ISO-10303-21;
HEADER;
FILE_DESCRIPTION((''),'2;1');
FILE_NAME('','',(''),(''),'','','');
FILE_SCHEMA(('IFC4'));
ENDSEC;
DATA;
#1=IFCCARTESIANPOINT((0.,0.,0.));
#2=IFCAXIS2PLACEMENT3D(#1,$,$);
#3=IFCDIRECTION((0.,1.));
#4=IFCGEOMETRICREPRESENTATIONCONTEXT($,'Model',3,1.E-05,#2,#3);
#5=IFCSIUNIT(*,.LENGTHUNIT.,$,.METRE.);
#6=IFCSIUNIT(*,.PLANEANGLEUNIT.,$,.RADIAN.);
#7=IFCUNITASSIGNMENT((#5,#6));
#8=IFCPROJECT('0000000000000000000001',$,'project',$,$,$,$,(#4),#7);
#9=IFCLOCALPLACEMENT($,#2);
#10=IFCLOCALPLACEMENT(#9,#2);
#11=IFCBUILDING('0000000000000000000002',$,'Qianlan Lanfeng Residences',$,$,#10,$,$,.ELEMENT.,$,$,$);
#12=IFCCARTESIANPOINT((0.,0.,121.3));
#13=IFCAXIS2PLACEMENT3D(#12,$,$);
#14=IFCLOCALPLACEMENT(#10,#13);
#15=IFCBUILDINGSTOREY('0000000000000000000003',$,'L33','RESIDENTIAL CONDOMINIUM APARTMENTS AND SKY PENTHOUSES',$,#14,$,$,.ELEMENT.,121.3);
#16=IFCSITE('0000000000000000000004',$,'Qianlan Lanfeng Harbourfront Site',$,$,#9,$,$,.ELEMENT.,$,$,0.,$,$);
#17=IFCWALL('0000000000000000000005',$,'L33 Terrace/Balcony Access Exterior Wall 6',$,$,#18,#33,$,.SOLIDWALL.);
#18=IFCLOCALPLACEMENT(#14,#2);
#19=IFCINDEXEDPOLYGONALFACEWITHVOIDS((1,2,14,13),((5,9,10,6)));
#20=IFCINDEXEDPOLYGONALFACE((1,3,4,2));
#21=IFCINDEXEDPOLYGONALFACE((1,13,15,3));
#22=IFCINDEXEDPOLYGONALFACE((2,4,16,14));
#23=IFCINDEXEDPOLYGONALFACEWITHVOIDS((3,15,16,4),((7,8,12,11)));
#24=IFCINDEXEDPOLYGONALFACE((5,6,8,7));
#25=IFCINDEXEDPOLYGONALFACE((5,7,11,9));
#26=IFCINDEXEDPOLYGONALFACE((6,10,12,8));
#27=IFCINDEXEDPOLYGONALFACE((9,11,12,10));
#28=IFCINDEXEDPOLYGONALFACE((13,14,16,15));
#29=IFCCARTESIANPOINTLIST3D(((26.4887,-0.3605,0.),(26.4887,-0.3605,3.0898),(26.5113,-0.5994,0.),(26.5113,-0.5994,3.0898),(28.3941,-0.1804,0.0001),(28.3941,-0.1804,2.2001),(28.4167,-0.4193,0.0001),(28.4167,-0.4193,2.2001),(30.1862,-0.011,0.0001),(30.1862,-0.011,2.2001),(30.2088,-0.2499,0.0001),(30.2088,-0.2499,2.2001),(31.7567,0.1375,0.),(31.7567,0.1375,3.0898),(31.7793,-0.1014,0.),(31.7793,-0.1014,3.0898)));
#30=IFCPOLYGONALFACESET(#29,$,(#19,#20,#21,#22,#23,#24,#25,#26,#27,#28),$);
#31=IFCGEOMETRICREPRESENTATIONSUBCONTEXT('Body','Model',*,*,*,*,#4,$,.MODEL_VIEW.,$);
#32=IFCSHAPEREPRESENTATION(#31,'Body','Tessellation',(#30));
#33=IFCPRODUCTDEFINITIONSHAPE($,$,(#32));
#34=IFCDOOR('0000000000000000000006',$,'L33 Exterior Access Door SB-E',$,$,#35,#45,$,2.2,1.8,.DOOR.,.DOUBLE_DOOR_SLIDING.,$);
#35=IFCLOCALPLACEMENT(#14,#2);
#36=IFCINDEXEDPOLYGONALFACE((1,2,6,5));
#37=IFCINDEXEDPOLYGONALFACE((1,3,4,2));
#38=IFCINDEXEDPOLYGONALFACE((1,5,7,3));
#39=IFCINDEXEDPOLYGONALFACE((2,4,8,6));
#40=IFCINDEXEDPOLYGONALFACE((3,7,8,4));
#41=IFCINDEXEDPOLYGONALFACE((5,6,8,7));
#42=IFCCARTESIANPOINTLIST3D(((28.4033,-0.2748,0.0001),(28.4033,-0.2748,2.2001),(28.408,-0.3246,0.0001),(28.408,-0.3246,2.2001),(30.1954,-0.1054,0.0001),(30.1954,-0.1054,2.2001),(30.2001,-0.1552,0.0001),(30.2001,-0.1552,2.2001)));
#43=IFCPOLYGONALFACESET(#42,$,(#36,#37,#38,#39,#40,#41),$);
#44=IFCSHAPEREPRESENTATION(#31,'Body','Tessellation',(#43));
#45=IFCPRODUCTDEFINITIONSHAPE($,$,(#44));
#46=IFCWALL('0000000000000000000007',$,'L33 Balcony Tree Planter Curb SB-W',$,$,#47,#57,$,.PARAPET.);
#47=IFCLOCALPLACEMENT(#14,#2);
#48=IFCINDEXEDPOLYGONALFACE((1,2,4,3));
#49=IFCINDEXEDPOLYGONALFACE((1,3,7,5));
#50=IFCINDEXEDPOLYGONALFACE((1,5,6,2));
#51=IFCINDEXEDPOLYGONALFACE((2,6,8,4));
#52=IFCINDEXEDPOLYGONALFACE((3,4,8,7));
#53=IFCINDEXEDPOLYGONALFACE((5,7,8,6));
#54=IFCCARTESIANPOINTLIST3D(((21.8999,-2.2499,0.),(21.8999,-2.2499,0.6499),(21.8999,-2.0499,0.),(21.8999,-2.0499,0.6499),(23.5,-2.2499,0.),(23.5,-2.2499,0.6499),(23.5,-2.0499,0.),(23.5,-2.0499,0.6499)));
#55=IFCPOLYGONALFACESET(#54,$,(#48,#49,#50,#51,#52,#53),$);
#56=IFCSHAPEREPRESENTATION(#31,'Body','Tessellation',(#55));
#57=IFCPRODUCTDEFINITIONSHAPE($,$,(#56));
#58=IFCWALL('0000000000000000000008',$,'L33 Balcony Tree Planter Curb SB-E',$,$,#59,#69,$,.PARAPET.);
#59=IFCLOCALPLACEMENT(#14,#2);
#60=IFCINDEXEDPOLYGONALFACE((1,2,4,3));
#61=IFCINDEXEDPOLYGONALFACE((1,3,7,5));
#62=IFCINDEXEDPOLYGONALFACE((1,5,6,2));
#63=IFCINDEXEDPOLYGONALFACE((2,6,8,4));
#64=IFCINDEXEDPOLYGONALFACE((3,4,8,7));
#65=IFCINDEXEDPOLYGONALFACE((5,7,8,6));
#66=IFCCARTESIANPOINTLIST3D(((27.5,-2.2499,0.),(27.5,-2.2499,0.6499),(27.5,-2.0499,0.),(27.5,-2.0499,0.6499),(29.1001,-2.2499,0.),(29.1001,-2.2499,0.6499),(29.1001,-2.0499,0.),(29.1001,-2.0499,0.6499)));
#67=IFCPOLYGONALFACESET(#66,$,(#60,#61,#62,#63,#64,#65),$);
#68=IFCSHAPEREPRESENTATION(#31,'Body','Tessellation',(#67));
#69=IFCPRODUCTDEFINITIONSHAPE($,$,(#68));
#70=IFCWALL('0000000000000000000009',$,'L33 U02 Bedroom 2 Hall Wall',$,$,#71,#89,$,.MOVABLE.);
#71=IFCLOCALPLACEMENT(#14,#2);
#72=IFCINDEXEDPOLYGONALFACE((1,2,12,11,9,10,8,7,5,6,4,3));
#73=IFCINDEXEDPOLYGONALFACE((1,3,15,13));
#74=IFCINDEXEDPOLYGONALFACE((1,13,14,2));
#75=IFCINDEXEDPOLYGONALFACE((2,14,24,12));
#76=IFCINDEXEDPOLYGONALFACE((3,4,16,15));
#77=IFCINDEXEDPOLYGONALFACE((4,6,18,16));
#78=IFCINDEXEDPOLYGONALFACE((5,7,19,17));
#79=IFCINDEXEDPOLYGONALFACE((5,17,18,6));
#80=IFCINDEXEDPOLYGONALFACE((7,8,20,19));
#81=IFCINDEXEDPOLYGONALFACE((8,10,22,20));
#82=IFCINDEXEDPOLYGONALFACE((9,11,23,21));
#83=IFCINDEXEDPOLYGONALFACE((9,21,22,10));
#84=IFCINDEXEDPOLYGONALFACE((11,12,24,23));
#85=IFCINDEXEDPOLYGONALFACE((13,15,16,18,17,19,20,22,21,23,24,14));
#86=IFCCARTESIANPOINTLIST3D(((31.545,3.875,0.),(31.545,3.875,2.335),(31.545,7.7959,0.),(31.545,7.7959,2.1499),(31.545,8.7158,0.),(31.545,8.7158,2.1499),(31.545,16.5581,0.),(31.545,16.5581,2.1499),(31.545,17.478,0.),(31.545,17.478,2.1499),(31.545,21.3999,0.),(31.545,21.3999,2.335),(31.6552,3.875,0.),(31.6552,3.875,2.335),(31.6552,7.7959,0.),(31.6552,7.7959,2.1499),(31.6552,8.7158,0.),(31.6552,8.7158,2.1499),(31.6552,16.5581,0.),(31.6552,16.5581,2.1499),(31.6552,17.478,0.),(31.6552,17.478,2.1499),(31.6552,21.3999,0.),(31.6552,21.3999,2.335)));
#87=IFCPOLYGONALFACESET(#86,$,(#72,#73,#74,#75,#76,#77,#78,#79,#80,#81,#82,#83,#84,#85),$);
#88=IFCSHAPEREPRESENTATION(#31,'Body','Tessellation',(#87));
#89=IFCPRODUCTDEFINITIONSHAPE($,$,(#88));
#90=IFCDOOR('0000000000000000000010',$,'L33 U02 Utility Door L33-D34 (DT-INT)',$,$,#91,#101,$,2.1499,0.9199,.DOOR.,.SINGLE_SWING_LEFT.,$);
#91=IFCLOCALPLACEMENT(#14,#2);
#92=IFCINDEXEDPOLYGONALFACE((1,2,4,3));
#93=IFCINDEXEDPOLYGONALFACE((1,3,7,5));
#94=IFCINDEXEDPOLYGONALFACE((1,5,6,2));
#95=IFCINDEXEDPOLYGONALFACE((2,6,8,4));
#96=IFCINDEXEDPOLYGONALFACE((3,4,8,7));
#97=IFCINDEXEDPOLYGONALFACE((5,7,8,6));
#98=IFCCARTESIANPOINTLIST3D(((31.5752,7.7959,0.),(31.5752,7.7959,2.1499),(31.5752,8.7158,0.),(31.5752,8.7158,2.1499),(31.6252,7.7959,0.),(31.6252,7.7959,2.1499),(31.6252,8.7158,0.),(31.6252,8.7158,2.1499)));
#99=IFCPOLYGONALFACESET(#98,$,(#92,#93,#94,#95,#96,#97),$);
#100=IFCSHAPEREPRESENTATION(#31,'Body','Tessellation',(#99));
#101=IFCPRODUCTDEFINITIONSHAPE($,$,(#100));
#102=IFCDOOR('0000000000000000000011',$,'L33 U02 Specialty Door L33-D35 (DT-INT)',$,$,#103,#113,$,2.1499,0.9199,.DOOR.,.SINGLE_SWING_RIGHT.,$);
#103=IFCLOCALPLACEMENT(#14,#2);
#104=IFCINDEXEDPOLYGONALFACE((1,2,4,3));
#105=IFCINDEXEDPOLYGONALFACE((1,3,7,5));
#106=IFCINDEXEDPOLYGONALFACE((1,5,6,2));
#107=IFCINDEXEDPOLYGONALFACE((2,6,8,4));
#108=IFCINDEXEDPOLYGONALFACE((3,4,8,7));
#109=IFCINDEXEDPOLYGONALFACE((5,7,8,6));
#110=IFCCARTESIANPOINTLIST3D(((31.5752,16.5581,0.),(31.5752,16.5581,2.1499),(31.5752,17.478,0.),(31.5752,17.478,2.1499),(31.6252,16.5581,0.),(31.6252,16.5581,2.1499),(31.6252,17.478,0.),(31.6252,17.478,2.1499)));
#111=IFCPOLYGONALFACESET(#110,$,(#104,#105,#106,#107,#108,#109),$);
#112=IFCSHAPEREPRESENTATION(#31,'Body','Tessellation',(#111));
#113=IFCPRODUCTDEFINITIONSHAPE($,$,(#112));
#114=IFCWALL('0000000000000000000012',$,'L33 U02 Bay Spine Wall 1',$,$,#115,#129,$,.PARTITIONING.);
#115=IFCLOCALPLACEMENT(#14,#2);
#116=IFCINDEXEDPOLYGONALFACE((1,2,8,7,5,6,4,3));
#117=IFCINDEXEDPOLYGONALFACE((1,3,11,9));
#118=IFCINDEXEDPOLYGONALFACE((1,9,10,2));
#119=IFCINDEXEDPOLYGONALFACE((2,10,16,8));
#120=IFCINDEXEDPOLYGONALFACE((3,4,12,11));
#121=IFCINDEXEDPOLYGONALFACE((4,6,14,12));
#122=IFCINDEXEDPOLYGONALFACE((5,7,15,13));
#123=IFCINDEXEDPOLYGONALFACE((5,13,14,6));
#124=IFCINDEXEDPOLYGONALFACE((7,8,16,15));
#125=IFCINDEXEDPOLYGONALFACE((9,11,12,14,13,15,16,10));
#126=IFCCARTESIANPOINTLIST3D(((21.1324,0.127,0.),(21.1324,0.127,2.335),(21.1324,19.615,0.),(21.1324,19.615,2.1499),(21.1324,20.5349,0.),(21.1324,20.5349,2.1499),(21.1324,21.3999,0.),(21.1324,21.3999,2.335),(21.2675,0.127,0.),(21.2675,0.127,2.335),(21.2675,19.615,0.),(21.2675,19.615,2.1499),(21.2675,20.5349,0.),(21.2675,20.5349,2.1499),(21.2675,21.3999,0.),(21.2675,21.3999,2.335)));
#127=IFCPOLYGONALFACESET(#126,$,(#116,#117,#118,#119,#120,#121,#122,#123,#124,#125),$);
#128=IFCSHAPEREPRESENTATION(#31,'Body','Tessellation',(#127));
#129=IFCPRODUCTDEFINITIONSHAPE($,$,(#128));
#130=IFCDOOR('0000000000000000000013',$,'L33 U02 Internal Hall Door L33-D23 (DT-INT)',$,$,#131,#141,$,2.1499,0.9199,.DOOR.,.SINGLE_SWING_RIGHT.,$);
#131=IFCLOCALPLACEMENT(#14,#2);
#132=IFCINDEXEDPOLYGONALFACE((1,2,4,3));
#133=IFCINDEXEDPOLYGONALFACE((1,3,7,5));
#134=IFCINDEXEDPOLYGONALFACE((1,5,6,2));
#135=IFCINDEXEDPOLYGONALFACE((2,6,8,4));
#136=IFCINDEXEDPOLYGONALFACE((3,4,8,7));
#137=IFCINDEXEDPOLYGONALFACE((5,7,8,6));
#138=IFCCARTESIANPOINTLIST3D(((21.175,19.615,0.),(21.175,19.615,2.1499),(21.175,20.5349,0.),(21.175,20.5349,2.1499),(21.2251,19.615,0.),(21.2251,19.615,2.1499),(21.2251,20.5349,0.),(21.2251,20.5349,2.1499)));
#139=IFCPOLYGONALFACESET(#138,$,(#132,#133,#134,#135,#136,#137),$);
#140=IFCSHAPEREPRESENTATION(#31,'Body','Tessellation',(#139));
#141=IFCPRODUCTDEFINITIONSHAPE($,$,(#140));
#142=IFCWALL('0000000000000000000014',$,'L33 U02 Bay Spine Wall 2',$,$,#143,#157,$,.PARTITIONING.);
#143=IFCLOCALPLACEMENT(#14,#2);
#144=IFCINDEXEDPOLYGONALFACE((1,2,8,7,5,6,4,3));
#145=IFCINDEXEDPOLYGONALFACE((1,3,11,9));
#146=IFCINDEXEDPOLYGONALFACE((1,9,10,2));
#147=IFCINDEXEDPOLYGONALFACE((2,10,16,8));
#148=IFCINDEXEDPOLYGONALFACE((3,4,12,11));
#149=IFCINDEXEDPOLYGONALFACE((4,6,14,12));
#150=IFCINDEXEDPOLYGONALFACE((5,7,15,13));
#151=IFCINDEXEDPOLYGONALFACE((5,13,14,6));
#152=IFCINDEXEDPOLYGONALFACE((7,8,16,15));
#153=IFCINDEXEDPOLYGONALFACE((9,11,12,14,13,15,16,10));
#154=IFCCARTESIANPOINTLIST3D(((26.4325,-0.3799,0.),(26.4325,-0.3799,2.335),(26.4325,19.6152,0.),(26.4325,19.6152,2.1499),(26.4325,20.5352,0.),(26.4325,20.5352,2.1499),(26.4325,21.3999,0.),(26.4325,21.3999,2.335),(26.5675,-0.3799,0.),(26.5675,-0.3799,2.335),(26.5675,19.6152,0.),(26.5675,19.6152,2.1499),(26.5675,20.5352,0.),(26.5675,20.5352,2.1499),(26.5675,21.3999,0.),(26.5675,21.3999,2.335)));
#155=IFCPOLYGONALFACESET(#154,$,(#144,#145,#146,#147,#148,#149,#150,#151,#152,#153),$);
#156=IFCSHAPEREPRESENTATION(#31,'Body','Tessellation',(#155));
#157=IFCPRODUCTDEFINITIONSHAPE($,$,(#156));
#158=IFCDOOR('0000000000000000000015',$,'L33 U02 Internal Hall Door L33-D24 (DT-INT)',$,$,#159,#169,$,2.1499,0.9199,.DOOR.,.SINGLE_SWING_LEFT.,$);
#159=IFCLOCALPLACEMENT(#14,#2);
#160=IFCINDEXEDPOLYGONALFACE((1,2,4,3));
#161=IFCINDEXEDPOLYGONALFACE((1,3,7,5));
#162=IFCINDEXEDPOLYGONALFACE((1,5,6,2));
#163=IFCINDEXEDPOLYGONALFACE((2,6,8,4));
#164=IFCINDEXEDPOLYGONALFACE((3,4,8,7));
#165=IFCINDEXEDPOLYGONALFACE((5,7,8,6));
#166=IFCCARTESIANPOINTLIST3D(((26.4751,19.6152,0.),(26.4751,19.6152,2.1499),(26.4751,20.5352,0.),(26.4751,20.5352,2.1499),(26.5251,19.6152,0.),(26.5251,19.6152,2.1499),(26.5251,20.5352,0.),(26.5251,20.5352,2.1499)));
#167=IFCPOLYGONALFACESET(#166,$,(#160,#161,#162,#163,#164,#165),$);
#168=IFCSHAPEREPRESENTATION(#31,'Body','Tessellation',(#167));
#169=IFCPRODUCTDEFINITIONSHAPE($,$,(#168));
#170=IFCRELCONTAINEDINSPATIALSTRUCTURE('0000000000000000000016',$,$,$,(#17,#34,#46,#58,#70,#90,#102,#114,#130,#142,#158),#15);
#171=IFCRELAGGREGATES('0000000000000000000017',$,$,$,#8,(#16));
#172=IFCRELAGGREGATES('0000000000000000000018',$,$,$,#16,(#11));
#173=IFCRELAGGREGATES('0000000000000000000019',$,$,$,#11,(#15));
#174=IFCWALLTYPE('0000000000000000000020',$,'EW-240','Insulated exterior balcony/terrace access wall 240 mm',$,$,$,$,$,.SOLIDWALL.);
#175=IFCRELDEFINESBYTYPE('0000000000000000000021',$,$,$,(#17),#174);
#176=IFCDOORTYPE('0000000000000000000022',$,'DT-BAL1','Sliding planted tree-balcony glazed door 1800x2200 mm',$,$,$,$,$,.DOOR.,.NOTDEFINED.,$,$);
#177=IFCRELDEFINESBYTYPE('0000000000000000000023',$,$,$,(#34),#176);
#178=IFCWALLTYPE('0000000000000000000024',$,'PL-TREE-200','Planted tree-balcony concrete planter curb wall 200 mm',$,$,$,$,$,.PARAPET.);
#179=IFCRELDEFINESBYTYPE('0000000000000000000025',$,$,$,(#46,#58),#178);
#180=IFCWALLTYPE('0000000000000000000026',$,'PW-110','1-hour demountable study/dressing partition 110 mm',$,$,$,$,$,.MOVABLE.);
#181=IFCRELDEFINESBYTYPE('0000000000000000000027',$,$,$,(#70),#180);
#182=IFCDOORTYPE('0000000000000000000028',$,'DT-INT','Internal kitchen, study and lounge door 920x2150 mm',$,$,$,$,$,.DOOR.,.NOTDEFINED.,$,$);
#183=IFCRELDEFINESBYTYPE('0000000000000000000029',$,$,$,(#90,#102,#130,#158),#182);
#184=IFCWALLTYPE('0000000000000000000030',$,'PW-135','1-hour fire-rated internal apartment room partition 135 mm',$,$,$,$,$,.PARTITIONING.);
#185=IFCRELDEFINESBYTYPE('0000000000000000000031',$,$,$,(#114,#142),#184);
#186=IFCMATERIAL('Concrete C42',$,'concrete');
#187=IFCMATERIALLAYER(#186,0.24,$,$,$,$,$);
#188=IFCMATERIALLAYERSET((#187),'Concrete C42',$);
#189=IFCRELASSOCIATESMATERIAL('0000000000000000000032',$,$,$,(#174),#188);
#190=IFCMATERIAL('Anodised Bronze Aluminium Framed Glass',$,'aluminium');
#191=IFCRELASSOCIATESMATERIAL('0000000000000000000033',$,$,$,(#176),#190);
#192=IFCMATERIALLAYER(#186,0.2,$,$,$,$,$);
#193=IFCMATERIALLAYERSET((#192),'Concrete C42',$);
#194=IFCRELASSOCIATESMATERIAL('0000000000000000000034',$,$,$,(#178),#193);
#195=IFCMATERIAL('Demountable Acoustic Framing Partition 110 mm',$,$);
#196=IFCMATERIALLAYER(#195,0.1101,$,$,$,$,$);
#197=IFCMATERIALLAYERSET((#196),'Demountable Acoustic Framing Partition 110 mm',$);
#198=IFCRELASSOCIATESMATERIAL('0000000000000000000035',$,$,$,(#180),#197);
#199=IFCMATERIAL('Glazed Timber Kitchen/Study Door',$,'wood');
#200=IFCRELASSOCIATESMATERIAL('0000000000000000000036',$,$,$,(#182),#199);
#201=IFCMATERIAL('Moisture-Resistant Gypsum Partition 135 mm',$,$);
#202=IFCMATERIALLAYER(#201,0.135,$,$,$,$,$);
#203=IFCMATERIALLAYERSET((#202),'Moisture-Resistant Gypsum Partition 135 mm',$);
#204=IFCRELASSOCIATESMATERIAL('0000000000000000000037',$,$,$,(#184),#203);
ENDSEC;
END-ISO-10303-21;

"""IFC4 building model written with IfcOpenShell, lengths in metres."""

from ifc_helpers import new_model, si_unit, direction, frame, frame_2d, origin, place, context, subcontext, project, spatial, rectangle, extrude, material, layer, layer_set, type_object, element, fill, save


model = new_model("IFC4")

# Units and contexts
model_context = context("Model", 3, precision=1e-05, world=origin(), true_north=direction((0.0, 1.0)))
body_context = subcontext(model_context, "Body", "Model", "MODEL_VIEW")
ifc_project = project(units=[si_unit("LENGTHUNIT", "METRE"), si_unit("PLANEANGLEUNIT", "RADIAN")], contexts=[model_context])

# Site, building, storey
site_placement = place(None, origin())
site = spatial("IfcSite", under=ifc_project, at=site_placement, Name="Qianlan Lanfeng Harbourfront Site", CompositionType="ELEMENT", RefElevation=0.0)
building_placement = place(site_placement, origin())
building = spatial("IfcBuilding", under=site, at=building_placement, Name="Qianlan Lanfeng Residences", CompositionType="ELEMENT")
storey_placement = place(building_placement, frame((0.0, 0.0, 121.3)))
storey = spatial("IfcBuildingStorey", under=building, at=storey_placement, Name="L33", Description="RESIDENTIAL CONDOMINIUM APARTMENTS AND SKY PENTHOUSES", CompositionType="ELEMENT", Elevation=121.3)

# Wall, opening, door
ifc_material_1 = material(Name="Concrete C42", Category="concrete")
ifc_layer_1 = layer(ifc_material_1, 0.24)
ifc_layer_set_1 = layer_set([ifc_layer_1], Name="Concrete C42")
wall_type_1 = type_object("IfcWallType", Name="EW-240", Description="Insulated exterior balcony/terrace access wall 240 mm", PredefinedType="SOLIDWALL", material=ifc_layer_set_1)
ifc_material_2 = material(Name="Anodised Bronze Aluminium Framed Glass", Category="aluminium")
door_type_1 = type_object("IfcDoorType", Name="DT-BAL1", Description="Sliding planted tree-balcony glazed door 1800x2200 mm", OperationType="NOTDEFINED", PredefinedType="DOOR", material=ifc_material_2)
wall_1_placement = place(storey_placement, frame((26.5, -0.48, 0.0), z_axis=(0.0, 0.0, 1.0), x_axis=(0.995561, 0.094121, 0.0)))
wall_1 = element("IfcWall", 1, at=wall_1_placement, inside=storey, type_object=wall_type_1, Name="L33 Terrace/Balcony Access Exterior Wall 6", PredefinedType="SOLIDWALL", context=body_context, shape_type="SweptSolid", body=[
    extrude(rectangle(XDim=5.2915, YDim=0.24, at=frame_2d((2.6458, 0.0))), origin(), (0.0, 0.0, 1.0), 3.0898),
])
opening_1_placement = place(wall_1_placement, frame((1.9141, 0.0, 0.0)))
opening_1 = element("IfcOpeningElement", 2, at=opening_1_placement, cuts=wall_1, PredefinedType="OPENING", context=body_context, shape_type="SweptSolid", body=[
    extrude(rectangle(XDim=1.8, YDim=2.2, at=frame_2d((0.8999, 1.1001))), frame((0.0, 0.1299, 0.0), z_axis=(0.0, -1.0, 0.0), x_axis=(1.0, 0.0, 0.0)), (0.0, 0.0, 1.0), 0.26),
])
door_1_placement = place(opening_1_placement, frame((1.8, 0.0, 0.0), z_axis=(0.0, 0.0, 1.0), x_axis=(-1.0, 0.0, 0.0)))
door_1 = element("IfcDoor", 3, at=door_1_placement, inside=storey, type_object=door_type_1, Name="L33 Exterior Access Door SB-E", OperationType="DOUBLE_DOOR_SLIDING", OverallHeight=2.2, OverallWidth=1.8, PredefinedType="DOOR", context=body_context, shape_type="SweptSolid", body=[
    extrude(rectangle(XDim=1.8, YDim=2.2, at=frame_2d((0.8999, 1.1001))), frame((0.0, 0.0249, 0.0), z_axis=(0.0, -1.0, 0.0), x_axis=(1.0, 0.0, 0.0)), (0.0, 0.0, 1.0), 0.05),
])
fill(opening_1, door_1)

# Walls
ifc_layer_2 = layer(ifc_material_1, 0.2)
ifc_layer_set_2 = layer_set([ifc_layer_2], Name="Concrete C42")
wall_type_2 = type_object("IfcWallType", Name="PL-TREE-200", Description="Planted tree-balcony concrete planter curb wall 200 mm", PredefinedType="PARAPET", material=ifc_layer_set_2)
for number, where, z_axis, x_axis, name in (
    (4, (21.8999, -2.1499, 0.0), (0.0, 0.0, 1.0), (1.0, 0.0, 0.0), "L33 Balcony Tree Planter Curb SB-W"),
    (5, (27.5, -2.1499, 0.0), (0.0, 0.0, 1.0), (1.0, 0.0, 0.0), "L33 Balcony Tree Planter Curb SB-E"),
):
    element("IfcWall", number, at=place(storey_placement, frame(where, z_axis=z_axis, x_axis=x_axis)), inside=storey, type_object=wall_type_2, Name=name, PredefinedType="PARAPET", context=body_context, shape_type="SweptSolid", body=[
        extrude(rectangle(XDim=1.6001, YDim=0.2, at=frame_2d((0.8, 0.0))), origin(), (0.0, 0.0, 1.0), 0.6499),
    ])

# Wall, openings, doors
ifc_material_3 = material(Name="Demountable Acoustic Framing Partition 110 mm")
ifc_layer_3 = layer(ifc_material_3, 0.1101)
ifc_layer_set_3 = layer_set([ifc_layer_3], Name="Demountable Acoustic Framing Partition 110 mm")
wall_type_3 = type_object("IfcWallType", Name="PW-110", Description="1-hour demountable study/dressing partition 110 mm", PredefinedType="MOVABLE", material=ifc_layer_set_3)
wall_2_placement = place(storey_placement, frame((31.6001, 3.875, 0.0), z_axis=(0.0, 0.0, 1.0), x_axis=(0.0, 1.0, 0.0)))
wall_2 = element("IfcWall", 6, at=wall_2_placement, inside=storey, type_object=wall_type_3, Name="L33 U02 Bedroom 2 Hall Wall", PredefinedType="MOVABLE", context=body_context, shape_type="SweptSolid", body=[
    extrude(rectangle(XDim=17.5249, YDim=0.1101, at=frame_2d((8.7625, 0.0))), origin(), (0.0, 0.0, 1.0), 2.335),
])
opening_2_placement = place(wall_2_placement, frame((3.9209, 0.0, 0.0)))
opening_2 = element("IfcOpeningElement", 7, at=opening_2_placement, cuts=wall_2, PredefinedType="OPENING", context=body_context, shape_type="SweptSolid", body=[
    extrude(rectangle(XDim=0.9199, YDim=2.1499, at=frame_2d((0.46, 1.075))), frame((0.0, 0.0649, 0.0), z_axis=(0.0, -1.0, 0.0), x_axis=(1.0, 0.0, 0.0)), (0.0, 0.0, 1.0), 0.1301),
])
opening_3_placement = place(wall_2_placement, frame((12.6831, 0.0, 0.0)))
opening_3 = element("IfcOpeningElement", 8, at=opening_3_placement, cuts=wall_2, PredefinedType="OPENING", context=body_context, shape_type="SweptSolid", body=[
    extrude(rectangle(XDim=0.9199, YDim=2.1499, at=frame_2d((0.46, 1.075))), frame((0.0, 0.0649, 0.0), z_axis=(0.0, -1.0, 0.0), x_axis=(1.0, 0.0, 0.0)), (0.0, 0.0, 1.0), 0.1301),
])
ifc_material_4 = material(Name="Glazed Timber Kitchen/Study Door", Category="wood")
door_type_2 = type_object("IfcDoorType", Name="DT-INT", Description="Internal kitchen, study and lounge door 920x2150 mm", OperationType="NOTDEFINED", PredefinedType="DOOR", material=ifc_material_4)
door_2_placement = place(opening_2_placement, origin())
door_2 = element("IfcDoor", 9, at=door_2_placement, inside=storey, type_object=door_type_2, Name="L33 U02 Utility Door L33-D34 (DT-INT)", OperationType="SINGLE_SWING_LEFT", OverallHeight=2.1499, OverallWidth=0.9199, PredefinedType="DOOR", context=body_context, shape_type="SweptSolid", body=[
    extrude(rectangle(XDim=0.9199, YDim=2.1499, at=frame_2d((0.46, 1.075))), frame((0.0, 0.0249, 0.0), z_axis=(0.0, -1.0, 0.0), x_axis=(1.0, 0.0, 0.0)), (0.0, 0.0, 1.0), 0.05),
])
fill(opening_2, door_2)
door_3_placement = place(opening_3_placement, origin())
door_3 = element("IfcDoor", 10, at=door_3_placement, inside=storey, type_object=door_type_2, Name="L33 U02 Specialty Door L33-D35 (DT-INT)", OperationType="SINGLE_SWING_RIGHT", OverallHeight=2.1499, OverallWidth=0.9199, PredefinedType="DOOR", context=body_context, shape_type="SweptSolid", body=[
    extrude(rectangle(XDim=0.9199, YDim=2.1499, at=frame_2d((0.46, 1.075))), frame((0.0, 0.0249, 0.0), z_axis=(0.0, -1.0, 0.0), x_axis=(1.0, 0.0, 0.0)), (0.0, 0.0, 1.0), 0.05),
])
fill(opening_3, door_3)

# Walls, openings, doors
ifc_material_5 = material(Name="Moisture-Resistant Gypsum Partition 135 mm")
ifc_layer_4 = layer(ifc_material_5, 0.135)
ifc_layer_set_4 = layer_set([ifc_layer_4], Name="Moisture-Resistant Gypsum Partition 135 mm")
wall_type_4 = type_object("IfcWallType", Name="PW-135", Description="1-hour fire-rated internal apartment room partition 135 mm", PredefinedType="PARTITIONING", material=ifc_layer_set_4)
wall_3_placement = place(storey_placement, frame((21.2, 0.127, 0.0), z_axis=(0.0, 0.0, 1.0), x_axis=(0.0, 1.0, 0.0)))
wall_3 = element("IfcWall", 11, at=wall_3_placement, inside=storey, type_object=wall_type_4, Name="L33 U02 Bay Spine Wall 1", PredefinedType="PARTITIONING", context=body_context, shape_type="SweptSolid", body=[
    extrude(rectangle(XDim=21.2729, YDim=0.135, at=frame_2d((10.6365, 0.0))), origin(), (0.0, 0.0, 1.0), 2.335),
])
opening_4_placement = place(wall_3_placement, frame((19.488, 0.0, 0.0)))
opening_4 = element("IfcOpeningElement", 12, at=opening_4_placement, cuts=wall_3, PredefinedType="OPENING", context=body_context, shape_type="SweptSolid", body=[
    extrude(rectangle(XDim=0.9199, YDim=2.1499, at=frame_2d((0.46, 1.075))), frame((0.0, 0.0776, 0.0), z_axis=(0.0, -1.0, 0.0), x_axis=(1.0, 0.0, 0.0)), (0.0, 0.0, 1.0), 0.155),
])
door_4_placement = place(opening_4_placement, origin())
door_4 = element("IfcDoor", 13, at=door_4_placement, inside=storey, type_object=door_type_2, Name="L33 U02 Internal Hall Door L33-D23 (DT-INT)", OperationType="SINGLE_SWING_RIGHT", OverallHeight=2.1499, OverallWidth=0.9199, PredefinedType="DOOR", context=body_context, shape_type="SweptSolid", body=[
    extrude(rectangle(XDim=0.9199, YDim=2.1499, at=frame_2d((0.46, 1.075))), frame((0.0, 0.0249, 0.0), z_axis=(0.0, -1.0, 0.0), x_axis=(1.0, 0.0, 0.0)), (0.0, 0.0, 1.0), 0.05),
])
fill(opening_4, door_4)
wall_4_placement = place(storey_placement, frame((26.5, -0.3799, 0.0), z_axis=(0.0, 0.0, 1.0), x_axis=(0.0, 1.0, 0.0)))
wall_4 = element("IfcWall", 14, at=wall_4_placement, inside=storey, type_object=wall_type_4, Name="L33 U02 Bay Spine Wall 2", PredefinedType="PARTITIONING", context=body_context, shape_type="SweptSolid", body=[
    extrude(rectangle(XDim=21.7798, YDim=0.135, at=frame_2d((10.8899, 0.0))), origin(), (0.0, 0.0, 1.0), 2.335),
])
opening_5_placement = place(wall_4_placement, frame((19.9951, 0.0, 0.0)))
opening_5 = element("IfcOpeningElement", 15, at=opening_5_placement, cuts=wall_4, PredefinedType="OPENING", context=body_context, shape_type="SweptSolid", body=[
    extrude(rectangle(XDim=0.9199, YDim=2.1499, at=frame_2d((0.46, 1.075))), frame((0.0, 0.0776, 0.0), z_axis=(0.0, -1.0, 0.0), x_axis=(1.0, 0.0, 0.0)), (0.0, 0.0, 1.0), 0.155),
])
door_5_placement = place(opening_5_placement, origin())
door_5 = element("IfcDoor", 16, at=door_5_placement, inside=storey, type_object=door_type_2, Name="L33 U02 Internal Hall Door L33-D24 (DT-INT)", OperationType="SINGLE_SWING_LEFT", OverallHeight=2.1499, OverallWidth=0.9199, PredefinedType="DOOR", context=body_context, shape_type="SweptSolid", body=[
    extrude(rectangle(XDim=0.9199, YDim=2.1499, at=frame_2d((0.46, 1.075))), frame((0.0, 0.0249, 0.0), z_axis=(0.0, -1.0, 0.0), x_axis=(1.0, 0.0, 0.0)), (0.0, 0.0, 1.0), 0.05),
])
fill(opening_5, door_5)

save(model, "model.ifc")
